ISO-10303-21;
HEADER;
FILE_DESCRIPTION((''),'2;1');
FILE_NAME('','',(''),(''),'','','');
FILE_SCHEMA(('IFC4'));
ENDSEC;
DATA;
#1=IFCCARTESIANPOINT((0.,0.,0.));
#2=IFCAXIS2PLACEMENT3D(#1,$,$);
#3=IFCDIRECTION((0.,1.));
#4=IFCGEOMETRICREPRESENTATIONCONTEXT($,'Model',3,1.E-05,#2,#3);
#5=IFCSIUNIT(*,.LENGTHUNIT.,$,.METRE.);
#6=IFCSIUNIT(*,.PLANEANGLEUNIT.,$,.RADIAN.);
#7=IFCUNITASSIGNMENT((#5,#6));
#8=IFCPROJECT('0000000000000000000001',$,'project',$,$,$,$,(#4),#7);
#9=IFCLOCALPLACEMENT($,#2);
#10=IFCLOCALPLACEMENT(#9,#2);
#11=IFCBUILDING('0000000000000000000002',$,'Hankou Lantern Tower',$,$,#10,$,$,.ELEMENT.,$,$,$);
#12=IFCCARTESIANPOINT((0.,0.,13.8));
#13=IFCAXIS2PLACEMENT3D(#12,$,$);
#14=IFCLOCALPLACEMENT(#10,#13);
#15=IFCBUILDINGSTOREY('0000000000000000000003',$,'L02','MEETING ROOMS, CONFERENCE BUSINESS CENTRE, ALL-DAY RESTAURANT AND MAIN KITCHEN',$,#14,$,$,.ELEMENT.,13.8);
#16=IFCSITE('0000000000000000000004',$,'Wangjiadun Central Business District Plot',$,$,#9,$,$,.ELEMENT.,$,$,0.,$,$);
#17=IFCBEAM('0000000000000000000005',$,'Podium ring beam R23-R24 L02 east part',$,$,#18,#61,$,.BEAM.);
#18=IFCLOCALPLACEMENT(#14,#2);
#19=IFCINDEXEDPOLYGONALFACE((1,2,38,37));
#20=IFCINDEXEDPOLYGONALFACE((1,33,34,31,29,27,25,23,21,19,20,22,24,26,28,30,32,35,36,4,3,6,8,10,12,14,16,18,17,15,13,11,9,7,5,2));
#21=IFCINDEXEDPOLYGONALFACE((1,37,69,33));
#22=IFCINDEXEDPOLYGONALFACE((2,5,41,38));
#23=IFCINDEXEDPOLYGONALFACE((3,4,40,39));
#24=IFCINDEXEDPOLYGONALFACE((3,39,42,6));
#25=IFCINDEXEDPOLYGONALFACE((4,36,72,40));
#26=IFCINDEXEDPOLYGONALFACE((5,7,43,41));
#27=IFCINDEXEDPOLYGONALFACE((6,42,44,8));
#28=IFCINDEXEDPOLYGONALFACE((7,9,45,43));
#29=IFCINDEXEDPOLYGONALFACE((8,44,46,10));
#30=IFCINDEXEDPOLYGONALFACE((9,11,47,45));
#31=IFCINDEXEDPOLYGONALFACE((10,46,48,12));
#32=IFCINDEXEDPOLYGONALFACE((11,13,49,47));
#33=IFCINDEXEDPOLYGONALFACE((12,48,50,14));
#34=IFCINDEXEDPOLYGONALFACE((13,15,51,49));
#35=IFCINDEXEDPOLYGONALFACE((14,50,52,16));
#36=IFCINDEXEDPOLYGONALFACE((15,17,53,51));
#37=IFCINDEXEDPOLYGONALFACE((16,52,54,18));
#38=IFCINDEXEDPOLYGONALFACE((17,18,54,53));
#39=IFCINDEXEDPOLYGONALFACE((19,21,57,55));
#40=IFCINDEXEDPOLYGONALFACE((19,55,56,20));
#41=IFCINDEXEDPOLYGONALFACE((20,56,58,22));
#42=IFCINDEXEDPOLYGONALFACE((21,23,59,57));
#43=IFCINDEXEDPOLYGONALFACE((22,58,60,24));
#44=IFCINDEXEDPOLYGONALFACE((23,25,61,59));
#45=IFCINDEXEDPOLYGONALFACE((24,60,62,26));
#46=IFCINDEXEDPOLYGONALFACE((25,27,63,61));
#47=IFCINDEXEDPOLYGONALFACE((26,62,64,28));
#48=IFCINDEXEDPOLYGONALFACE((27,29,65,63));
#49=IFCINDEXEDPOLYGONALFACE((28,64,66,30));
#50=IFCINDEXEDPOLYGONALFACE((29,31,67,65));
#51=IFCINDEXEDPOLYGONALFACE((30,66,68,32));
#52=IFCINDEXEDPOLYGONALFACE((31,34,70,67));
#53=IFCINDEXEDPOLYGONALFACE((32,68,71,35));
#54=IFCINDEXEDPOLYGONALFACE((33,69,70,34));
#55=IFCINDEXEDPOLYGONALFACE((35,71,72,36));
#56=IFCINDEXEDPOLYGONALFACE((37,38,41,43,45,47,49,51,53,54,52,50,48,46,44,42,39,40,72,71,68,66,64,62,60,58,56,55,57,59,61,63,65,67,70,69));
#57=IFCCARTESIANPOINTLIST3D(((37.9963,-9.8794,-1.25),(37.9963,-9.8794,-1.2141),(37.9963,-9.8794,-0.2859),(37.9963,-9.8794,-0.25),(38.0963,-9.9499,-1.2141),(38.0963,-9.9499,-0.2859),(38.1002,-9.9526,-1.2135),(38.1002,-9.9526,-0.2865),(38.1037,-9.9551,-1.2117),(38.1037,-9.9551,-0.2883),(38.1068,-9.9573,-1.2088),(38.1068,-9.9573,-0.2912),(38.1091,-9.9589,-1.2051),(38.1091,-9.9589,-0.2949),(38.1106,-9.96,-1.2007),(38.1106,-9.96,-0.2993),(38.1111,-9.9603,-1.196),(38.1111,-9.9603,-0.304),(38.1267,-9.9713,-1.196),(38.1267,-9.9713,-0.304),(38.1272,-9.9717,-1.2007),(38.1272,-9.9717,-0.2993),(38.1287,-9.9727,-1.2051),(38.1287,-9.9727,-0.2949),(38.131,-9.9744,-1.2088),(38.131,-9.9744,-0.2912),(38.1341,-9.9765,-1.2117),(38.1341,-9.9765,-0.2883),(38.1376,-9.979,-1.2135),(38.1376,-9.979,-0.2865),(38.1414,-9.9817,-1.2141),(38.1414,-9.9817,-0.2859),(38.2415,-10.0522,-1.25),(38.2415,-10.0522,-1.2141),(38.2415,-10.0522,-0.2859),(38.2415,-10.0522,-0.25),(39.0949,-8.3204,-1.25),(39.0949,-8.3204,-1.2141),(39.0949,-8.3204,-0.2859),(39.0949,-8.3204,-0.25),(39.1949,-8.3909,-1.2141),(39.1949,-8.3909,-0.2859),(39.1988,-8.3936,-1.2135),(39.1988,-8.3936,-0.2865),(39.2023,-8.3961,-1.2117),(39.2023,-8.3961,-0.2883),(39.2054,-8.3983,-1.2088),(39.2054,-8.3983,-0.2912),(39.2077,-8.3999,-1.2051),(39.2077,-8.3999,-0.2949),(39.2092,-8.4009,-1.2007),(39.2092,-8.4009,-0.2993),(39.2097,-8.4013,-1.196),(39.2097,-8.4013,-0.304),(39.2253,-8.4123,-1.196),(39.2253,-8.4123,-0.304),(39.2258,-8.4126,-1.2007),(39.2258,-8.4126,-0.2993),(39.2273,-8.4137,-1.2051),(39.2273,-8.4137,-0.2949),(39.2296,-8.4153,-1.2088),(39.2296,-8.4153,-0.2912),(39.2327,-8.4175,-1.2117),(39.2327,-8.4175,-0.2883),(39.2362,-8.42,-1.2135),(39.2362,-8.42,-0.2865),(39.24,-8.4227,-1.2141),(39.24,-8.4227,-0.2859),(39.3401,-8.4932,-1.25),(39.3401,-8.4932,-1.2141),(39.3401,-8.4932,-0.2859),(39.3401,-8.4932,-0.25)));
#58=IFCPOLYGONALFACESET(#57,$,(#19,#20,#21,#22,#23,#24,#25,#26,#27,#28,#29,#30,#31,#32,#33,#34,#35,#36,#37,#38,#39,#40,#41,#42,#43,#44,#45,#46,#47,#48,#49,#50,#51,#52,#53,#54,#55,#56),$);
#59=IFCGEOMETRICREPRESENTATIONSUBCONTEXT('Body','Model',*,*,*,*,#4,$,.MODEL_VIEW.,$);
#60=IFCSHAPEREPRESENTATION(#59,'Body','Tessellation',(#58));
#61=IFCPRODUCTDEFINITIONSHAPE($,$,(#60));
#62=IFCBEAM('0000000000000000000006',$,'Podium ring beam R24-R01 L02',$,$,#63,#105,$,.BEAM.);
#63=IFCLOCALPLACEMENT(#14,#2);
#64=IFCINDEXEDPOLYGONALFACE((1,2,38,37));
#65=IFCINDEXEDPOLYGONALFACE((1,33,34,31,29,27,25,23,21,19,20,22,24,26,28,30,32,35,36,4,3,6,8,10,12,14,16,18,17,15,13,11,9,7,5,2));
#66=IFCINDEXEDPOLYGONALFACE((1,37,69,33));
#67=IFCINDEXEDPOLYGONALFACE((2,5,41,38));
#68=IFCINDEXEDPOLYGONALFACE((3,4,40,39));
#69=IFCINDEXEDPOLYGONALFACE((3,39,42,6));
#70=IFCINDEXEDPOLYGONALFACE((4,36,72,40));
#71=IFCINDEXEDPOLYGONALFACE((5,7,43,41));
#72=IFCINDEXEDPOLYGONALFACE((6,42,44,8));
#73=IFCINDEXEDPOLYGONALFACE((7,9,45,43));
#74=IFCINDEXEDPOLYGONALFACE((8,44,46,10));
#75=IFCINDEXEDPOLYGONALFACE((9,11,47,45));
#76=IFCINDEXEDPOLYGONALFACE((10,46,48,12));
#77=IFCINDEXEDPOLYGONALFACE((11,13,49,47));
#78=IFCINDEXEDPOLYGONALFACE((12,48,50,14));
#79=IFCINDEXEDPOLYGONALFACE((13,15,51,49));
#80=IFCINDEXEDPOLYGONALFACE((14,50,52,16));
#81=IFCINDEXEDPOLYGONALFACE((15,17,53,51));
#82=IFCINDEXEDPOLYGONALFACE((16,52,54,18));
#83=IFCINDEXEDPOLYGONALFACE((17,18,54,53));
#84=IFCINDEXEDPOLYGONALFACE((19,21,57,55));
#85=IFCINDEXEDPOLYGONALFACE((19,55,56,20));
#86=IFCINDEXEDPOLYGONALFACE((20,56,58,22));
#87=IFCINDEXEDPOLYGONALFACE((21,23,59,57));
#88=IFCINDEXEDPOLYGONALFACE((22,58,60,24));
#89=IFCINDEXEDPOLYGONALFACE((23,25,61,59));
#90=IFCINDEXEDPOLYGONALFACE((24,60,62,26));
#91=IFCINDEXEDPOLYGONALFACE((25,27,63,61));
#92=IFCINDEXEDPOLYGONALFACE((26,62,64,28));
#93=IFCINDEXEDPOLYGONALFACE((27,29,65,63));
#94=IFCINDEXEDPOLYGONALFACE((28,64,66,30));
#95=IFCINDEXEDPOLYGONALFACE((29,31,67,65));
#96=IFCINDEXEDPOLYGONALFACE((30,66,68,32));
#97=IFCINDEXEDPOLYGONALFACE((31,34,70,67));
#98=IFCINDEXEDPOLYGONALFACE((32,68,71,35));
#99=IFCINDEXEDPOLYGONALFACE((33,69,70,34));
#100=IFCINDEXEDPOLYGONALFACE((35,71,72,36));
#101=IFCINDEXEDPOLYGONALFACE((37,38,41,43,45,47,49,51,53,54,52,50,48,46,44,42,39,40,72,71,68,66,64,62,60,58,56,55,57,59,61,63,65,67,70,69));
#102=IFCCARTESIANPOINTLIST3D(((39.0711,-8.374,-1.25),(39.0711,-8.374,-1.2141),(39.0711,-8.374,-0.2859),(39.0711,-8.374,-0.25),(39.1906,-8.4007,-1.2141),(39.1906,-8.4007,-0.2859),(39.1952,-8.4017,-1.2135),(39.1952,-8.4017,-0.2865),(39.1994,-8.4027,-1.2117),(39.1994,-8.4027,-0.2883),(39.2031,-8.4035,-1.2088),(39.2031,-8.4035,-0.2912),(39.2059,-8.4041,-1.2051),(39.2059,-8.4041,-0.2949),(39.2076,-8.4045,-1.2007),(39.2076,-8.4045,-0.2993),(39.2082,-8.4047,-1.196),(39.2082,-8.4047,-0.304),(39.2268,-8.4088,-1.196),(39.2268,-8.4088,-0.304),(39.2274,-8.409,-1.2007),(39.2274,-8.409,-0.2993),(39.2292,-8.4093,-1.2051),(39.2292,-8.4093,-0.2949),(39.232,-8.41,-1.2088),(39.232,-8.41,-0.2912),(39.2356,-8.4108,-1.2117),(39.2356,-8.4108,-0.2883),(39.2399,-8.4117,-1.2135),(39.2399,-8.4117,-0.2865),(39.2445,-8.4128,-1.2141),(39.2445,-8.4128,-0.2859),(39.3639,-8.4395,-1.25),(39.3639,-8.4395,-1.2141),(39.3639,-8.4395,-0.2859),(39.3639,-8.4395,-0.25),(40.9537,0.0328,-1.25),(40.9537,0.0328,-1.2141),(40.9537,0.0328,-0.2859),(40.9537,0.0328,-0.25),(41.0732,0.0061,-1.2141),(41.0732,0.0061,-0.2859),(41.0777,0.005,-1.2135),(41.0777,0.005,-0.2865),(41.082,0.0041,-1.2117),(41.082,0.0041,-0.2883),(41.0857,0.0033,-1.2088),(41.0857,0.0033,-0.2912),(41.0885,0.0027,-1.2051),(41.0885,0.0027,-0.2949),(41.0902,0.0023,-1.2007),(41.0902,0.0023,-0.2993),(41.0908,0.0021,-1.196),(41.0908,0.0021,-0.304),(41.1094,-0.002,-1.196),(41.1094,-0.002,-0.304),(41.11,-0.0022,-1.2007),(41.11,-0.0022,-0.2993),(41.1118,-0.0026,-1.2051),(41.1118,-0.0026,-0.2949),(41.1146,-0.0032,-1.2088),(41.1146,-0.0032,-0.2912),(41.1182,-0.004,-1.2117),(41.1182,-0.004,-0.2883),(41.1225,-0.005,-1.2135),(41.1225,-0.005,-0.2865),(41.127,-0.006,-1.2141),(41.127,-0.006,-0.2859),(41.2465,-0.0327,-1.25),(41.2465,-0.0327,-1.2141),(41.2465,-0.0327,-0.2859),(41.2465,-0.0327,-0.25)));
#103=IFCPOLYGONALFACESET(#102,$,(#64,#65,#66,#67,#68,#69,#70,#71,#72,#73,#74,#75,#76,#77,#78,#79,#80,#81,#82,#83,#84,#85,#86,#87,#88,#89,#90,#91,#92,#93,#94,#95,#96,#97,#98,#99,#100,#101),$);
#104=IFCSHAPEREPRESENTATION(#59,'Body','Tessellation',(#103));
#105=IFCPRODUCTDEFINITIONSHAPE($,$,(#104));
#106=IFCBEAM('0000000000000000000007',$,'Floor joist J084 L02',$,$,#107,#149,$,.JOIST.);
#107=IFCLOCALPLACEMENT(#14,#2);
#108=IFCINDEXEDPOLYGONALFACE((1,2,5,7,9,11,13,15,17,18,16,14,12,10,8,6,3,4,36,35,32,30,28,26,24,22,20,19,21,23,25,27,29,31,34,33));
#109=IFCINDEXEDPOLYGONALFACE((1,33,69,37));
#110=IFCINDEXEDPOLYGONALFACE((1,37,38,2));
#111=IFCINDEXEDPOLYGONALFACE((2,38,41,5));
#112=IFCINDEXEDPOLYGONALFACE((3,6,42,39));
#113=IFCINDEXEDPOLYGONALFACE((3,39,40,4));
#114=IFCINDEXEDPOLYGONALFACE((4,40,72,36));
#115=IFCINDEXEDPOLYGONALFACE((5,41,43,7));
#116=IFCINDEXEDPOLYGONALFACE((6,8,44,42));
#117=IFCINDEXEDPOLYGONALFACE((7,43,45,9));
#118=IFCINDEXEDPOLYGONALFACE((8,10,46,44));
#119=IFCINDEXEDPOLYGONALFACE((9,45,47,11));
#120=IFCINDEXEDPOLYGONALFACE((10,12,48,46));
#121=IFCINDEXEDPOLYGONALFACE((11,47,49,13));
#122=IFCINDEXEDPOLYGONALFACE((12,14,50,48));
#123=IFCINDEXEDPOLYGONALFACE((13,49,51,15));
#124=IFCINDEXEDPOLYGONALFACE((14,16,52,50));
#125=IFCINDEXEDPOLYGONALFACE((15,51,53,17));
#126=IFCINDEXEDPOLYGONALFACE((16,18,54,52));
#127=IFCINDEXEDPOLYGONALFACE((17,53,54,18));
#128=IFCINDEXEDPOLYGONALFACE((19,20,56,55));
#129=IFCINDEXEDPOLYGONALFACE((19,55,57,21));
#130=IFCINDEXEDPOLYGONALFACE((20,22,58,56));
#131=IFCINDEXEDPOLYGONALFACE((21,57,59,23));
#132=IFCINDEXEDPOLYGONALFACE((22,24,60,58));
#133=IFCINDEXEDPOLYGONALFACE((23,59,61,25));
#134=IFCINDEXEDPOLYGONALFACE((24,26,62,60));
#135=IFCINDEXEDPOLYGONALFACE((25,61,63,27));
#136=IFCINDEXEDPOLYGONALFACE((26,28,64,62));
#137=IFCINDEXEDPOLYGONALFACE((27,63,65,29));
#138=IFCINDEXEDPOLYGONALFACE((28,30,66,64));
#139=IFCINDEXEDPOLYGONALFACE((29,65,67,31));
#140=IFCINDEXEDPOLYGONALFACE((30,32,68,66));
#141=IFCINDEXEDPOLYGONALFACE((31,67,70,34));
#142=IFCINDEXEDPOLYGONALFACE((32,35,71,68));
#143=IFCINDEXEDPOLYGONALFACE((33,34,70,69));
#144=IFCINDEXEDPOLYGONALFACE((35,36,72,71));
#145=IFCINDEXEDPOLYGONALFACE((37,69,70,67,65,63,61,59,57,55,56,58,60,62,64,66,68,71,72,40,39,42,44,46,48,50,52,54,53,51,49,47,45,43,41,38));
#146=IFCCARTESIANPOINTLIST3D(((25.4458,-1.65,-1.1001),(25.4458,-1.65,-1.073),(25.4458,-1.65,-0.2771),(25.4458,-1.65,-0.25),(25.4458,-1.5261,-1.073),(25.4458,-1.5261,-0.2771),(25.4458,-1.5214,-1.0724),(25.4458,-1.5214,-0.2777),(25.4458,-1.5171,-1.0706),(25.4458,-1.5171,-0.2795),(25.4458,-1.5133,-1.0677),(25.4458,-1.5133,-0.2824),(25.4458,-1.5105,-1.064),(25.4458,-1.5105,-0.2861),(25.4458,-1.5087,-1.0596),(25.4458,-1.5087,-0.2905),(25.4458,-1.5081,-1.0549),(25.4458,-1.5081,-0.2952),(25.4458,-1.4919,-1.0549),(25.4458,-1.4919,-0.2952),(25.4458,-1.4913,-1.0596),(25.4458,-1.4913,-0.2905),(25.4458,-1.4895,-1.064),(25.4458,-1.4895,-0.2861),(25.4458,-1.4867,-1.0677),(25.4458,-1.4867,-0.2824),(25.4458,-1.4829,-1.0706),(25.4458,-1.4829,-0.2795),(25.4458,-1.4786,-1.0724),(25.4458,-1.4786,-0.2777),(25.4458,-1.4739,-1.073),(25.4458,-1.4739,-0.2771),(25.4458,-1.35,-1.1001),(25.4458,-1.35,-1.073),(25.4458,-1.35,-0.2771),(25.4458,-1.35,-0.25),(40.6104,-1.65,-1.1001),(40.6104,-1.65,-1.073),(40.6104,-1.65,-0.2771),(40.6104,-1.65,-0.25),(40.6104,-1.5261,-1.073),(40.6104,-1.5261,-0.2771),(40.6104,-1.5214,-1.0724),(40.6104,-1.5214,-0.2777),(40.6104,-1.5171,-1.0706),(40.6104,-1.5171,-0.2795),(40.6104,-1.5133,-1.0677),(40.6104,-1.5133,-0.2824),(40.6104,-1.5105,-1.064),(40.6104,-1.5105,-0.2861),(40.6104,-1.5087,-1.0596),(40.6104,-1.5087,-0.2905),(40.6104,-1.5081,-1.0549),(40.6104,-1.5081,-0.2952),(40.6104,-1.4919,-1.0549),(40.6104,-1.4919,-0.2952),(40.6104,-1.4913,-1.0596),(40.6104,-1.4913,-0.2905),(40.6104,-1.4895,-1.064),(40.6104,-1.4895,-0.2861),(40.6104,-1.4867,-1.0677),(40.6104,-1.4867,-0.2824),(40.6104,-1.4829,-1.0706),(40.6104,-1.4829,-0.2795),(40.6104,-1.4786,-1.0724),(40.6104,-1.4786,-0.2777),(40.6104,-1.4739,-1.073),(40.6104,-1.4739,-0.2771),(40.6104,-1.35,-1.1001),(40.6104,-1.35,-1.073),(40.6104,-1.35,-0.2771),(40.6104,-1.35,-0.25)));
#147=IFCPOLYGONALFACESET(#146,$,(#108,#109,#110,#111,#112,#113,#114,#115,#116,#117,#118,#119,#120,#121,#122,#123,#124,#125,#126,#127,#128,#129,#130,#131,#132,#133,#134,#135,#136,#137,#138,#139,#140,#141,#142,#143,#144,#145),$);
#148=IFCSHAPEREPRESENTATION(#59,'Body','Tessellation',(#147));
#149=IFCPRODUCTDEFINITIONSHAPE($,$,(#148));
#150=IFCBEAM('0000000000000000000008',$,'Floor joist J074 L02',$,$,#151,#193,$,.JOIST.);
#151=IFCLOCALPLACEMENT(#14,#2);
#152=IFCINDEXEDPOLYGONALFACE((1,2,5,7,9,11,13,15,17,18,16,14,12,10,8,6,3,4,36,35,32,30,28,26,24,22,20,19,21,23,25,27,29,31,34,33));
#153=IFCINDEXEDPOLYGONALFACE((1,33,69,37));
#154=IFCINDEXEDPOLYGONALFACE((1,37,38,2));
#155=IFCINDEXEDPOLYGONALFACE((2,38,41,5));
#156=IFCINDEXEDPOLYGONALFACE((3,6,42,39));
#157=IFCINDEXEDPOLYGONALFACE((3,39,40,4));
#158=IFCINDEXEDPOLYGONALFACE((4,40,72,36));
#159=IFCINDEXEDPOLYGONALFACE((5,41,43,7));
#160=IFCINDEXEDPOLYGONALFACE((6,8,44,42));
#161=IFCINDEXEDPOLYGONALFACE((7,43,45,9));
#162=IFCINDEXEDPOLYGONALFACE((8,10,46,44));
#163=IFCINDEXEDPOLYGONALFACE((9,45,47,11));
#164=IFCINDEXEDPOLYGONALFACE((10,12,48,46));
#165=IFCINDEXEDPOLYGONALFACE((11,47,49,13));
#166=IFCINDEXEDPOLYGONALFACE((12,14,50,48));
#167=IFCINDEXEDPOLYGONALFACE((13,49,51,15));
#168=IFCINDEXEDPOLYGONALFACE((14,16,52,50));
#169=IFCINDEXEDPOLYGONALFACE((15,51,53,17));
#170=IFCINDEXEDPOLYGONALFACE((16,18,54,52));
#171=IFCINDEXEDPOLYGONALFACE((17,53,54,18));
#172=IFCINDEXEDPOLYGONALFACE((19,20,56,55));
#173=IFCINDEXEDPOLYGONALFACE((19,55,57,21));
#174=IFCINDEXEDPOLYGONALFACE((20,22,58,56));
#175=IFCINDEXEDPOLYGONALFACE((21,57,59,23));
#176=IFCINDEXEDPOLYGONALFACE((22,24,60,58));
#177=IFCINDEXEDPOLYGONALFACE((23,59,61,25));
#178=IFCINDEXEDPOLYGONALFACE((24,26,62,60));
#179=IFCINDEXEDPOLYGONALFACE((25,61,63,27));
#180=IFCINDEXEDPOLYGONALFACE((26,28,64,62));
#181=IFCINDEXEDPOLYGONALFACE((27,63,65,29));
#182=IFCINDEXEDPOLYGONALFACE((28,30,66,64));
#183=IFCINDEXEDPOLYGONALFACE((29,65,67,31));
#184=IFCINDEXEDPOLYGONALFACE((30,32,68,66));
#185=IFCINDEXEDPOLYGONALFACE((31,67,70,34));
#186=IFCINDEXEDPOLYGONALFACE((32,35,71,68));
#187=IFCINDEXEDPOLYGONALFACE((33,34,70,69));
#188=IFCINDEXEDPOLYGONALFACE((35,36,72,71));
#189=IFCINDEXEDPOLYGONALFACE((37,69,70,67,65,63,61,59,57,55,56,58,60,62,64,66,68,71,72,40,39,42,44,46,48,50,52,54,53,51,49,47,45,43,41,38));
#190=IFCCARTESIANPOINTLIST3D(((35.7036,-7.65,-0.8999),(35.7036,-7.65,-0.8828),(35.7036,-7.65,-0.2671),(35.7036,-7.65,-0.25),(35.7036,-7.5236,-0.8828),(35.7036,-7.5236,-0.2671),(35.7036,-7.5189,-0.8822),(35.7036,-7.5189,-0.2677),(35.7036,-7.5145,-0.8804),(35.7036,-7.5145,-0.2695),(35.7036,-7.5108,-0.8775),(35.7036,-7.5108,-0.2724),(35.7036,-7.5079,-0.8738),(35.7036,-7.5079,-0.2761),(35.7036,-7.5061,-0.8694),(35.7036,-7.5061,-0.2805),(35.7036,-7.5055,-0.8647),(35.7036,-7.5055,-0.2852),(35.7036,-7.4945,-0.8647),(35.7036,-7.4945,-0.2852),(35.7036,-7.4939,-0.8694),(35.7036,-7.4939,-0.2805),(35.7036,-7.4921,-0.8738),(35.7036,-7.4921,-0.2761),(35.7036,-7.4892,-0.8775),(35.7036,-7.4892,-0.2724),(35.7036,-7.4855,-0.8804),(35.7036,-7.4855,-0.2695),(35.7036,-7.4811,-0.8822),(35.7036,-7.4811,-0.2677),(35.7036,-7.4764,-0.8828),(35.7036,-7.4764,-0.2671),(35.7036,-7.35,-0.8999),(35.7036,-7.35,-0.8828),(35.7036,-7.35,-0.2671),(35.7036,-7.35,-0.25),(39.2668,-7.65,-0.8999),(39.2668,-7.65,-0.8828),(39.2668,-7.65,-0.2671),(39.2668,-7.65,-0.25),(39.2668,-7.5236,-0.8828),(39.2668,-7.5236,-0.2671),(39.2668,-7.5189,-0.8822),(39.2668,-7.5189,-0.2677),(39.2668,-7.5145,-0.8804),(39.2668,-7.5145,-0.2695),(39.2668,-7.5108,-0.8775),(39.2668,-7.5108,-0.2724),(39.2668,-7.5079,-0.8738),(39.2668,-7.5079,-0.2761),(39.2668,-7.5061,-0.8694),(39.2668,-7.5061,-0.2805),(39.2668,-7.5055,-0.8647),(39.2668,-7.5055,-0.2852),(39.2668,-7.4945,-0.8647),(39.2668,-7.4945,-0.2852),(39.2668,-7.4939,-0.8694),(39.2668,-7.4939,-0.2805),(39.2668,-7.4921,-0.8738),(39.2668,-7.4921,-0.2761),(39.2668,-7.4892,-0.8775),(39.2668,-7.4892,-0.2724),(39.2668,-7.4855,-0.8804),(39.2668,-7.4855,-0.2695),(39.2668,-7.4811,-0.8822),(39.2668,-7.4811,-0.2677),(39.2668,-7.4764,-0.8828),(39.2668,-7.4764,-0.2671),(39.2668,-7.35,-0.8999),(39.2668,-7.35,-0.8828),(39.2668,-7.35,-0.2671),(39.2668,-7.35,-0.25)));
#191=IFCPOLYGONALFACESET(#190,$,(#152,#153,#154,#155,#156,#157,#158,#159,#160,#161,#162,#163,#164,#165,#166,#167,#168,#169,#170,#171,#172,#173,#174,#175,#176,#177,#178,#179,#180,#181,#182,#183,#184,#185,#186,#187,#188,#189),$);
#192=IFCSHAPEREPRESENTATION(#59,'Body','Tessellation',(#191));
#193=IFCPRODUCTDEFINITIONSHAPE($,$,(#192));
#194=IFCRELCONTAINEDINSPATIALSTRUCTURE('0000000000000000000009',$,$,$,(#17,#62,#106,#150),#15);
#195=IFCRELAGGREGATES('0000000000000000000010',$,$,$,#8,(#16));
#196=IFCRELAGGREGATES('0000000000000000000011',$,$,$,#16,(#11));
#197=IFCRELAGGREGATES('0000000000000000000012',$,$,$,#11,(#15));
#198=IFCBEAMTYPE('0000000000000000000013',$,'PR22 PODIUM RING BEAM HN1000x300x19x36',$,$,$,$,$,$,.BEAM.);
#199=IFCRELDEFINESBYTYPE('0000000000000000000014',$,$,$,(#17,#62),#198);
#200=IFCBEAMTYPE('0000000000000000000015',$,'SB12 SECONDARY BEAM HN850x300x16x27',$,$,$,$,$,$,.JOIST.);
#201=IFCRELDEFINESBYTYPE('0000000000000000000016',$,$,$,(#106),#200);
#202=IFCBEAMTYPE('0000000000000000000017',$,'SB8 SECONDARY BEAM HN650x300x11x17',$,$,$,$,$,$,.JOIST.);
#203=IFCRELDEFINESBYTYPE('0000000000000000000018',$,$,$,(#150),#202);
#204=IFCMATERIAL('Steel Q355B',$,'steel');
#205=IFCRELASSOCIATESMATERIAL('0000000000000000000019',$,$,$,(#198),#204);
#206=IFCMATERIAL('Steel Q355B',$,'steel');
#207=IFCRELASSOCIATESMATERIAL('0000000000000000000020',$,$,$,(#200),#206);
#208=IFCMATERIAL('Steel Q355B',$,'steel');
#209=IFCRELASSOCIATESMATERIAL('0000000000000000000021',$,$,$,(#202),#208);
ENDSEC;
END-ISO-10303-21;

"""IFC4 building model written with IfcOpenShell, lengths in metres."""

from ifc_helpers import new_model, si_unit, direction, frame, origin, origin_2d, place, context, subcontext, project, spatial, i_section, extrude, material, material_profile, profile_set, type_object, element, save


model = new_model("IFC4")

# Units and contexts
model_context = context("Model", 3, precision=1e-05, world=origin(), true_north=direction((0.0, 1.0)))
body_context = subcontext(model_context, "Body", "Model", "MODEL_VIEW")
ifc_project = project(units=[si_unit("LENGTHUNIT", "METRE"), si_unit("PLANEANGLEUNIT", "RADIAN")], contexts=[model_context])

# Site, building, storey
site_placement = place(None, origin())
site = spatial("IfcSite", under=ifc_project, at=site_placement, Name="Wangjiadun Central Business District Plot", CompositionType="ELEMENT", RefElevation=0.0)
building_placement = place(site_placement, origin())
building = spatial("IfcBuilding", under=site, at=building_placement, Name="Hankou Lantern Tower", CompositionType="ELEMENT")
storey_placement = place(building_placement, frame((0.0, 0.0, 13.8)))
storey = spatial("IfcBuildingStorey", under=building, at=storey_placement, Name="L02", Description="MEETING ROOMS, CONFERENCE BUSINESS CENTRE, ALL-DAY RESTAURANT AND MAIN KITCHEN", CompositionType="ELEMENT", Elevation=13.8)

# Beams
ifc_material_1 = material(Name="Steel Q355B", Category="steel")
ifc_material_profile_1 = material_profile(ifc_material_1, i_section(OverallWidth=0.3, OverallDepth=1.0, WebThickness=0.019, FlangeThickness=0.0359, FilletRadius=0.0181, at=origin_2d()), Name="HN1000x300x19x36")
ifc_profile_set_1 = profile_set([ifc_material_profile_1], Name="Steel Q355B")
beam_type_1 = type_object("IfcBeamType", Name="PR22 PODIUM RING BEAM HN1000x300x19x36", PredefinedType="BEAM", material=ifc_profile_set_1)
beam_1_placement = place(storey_placement, frame((38.1189, -9.9658, -0.75), z_axis=(0.57602, 0.817436, 0.0), x_axis=(-0.817436, 0.57602, 0.0)))
element("IfcBeam", 1, at=beam_1_placement, inside=storey, type_object=beam_type_1, Name="Podium ring beam R23-R24 L02 east part", PredefinedType="BEAM", context=body_context, shape_type="SweptSolid", body=[
    extrude(i_section(OverallWidth=0.3, OverallDepth=1.0, WebThickness=0.019, FlangeThickness=0.0359, FilletRadius=0.0181, at=origin_2d()), origin(), (0.0, 0.0, 1.0), 1.9072),
])
beam_2_placement = place(storey_placement, frame((39.2175, -8.4067, -0.75), z_axis=(0.218523, 0.975832, 0.0), x_axis=(-0.975832, 0.218523, 0.0)))
element("IfcBeam", 2, at=beam_2_placement, inside=storey, type_object=beam_type_1, Name="Podium ring beam R24-R01 L02", PredefinedType="BEAM", context=body_context, shape_type="SweptSolid", body=[
    extrude(i_section(OverallWidth=0.3, OverallDepth=1.0, WebThickness=0.019, FlangeThickness=0.0359, FilletRadius=0.0181, at=origin_2d()), origin(), (0.0, 0.0, 1.0), 8.615),
])
ifc_material_2 = material(Name="Steel Q355B", Category="steel")
ifc_material_profile_2 = material_profile(ifc_material_2, i_section(OverallWidth=0.3, OverallDepth=0.8501, WebThickness=0.0161, FlangeThickness=0.0271, FilletRadius=0.0181, at=origin_2d()), Name="HN850x300x16x27")
ifc_profile_set_2 = profile_set([ifc_material_profile_2], Name="Steel Q355B")
beam_type_2 = type_object("IfcBeamType", Name="SB12 SECONDARY BEAM HN850x300x16x27", PredefinedType="JOIST", material=ifc_profile_set_2)
beam_3_placement = place(storey_placement, frame((25.4458, -1.5, -0.675), z_axis=(1.0, 0.0, 0.0), x_axis=(0.0, 1.0, 0.0)))
element("IfcBeam", 3, at=beam_3_placement, inside=storey, type_object=beam_type_2, Name="Floor joist J084 L02", PredefinedType="JOIST", context=body_context, shape_type="SweptSolid", body=[
    extrude(i_section(OverallWidth=0.3, OverallDepth=0.8501, WebThickness=0.0161, FlangeThickness=0.0271, FilletRadius=0.0181, at=origin_2d()), origin(), (0.0, 0.0, 1.0), 15.1646),
])
ifc_material_3 = material(Name="Steel Q355B", Category="steel")
ifc_material_profile_3 = material_profile(ifc_material_3, i_section(OverallWidth=0.3, OverallDepth=0.6499, WebThickness=0.011, FlangeThickness=0.0171, FilletRadius=0.0181, at=origin_2d()), Name="HN650x300x11x17")
ifc_profile_set_3 = profile_set([ifc_material_profile_3], Name="Steel Q355B")
beam_type_3 = type_object("IfcBeamType", Name="SB8 SECONDARY BEAM HN650x300x11x17", PredefinedType="JOIST", material=ifc_profile_set_3)
beam_4_placement = place(storey_placement, frame((35.7036, -7.5, -0.575), z_axis=(1.0, 0.0, 0.0), x_axis=(0.0, 1.0, 0.0)))
element("IfcBeam", 4, at=beam_4_placement, inside=storey, type_object=beam_type_3, Name="Floor joist J074 L02", PredefinedType="JOIST", context=body_context, shape_type="SweptSolid", body=[
    extrude(i_section(OverallWidth=0.3, OverallDepth=0.6499, WebThickness=0.011, FlangeThickness=0.0171, FilletRadius=0.0181, at=origin_2d()), origin(), (0.0, 0.0, 1.0), 3.5632),
])

save(model, "model.ifc")
